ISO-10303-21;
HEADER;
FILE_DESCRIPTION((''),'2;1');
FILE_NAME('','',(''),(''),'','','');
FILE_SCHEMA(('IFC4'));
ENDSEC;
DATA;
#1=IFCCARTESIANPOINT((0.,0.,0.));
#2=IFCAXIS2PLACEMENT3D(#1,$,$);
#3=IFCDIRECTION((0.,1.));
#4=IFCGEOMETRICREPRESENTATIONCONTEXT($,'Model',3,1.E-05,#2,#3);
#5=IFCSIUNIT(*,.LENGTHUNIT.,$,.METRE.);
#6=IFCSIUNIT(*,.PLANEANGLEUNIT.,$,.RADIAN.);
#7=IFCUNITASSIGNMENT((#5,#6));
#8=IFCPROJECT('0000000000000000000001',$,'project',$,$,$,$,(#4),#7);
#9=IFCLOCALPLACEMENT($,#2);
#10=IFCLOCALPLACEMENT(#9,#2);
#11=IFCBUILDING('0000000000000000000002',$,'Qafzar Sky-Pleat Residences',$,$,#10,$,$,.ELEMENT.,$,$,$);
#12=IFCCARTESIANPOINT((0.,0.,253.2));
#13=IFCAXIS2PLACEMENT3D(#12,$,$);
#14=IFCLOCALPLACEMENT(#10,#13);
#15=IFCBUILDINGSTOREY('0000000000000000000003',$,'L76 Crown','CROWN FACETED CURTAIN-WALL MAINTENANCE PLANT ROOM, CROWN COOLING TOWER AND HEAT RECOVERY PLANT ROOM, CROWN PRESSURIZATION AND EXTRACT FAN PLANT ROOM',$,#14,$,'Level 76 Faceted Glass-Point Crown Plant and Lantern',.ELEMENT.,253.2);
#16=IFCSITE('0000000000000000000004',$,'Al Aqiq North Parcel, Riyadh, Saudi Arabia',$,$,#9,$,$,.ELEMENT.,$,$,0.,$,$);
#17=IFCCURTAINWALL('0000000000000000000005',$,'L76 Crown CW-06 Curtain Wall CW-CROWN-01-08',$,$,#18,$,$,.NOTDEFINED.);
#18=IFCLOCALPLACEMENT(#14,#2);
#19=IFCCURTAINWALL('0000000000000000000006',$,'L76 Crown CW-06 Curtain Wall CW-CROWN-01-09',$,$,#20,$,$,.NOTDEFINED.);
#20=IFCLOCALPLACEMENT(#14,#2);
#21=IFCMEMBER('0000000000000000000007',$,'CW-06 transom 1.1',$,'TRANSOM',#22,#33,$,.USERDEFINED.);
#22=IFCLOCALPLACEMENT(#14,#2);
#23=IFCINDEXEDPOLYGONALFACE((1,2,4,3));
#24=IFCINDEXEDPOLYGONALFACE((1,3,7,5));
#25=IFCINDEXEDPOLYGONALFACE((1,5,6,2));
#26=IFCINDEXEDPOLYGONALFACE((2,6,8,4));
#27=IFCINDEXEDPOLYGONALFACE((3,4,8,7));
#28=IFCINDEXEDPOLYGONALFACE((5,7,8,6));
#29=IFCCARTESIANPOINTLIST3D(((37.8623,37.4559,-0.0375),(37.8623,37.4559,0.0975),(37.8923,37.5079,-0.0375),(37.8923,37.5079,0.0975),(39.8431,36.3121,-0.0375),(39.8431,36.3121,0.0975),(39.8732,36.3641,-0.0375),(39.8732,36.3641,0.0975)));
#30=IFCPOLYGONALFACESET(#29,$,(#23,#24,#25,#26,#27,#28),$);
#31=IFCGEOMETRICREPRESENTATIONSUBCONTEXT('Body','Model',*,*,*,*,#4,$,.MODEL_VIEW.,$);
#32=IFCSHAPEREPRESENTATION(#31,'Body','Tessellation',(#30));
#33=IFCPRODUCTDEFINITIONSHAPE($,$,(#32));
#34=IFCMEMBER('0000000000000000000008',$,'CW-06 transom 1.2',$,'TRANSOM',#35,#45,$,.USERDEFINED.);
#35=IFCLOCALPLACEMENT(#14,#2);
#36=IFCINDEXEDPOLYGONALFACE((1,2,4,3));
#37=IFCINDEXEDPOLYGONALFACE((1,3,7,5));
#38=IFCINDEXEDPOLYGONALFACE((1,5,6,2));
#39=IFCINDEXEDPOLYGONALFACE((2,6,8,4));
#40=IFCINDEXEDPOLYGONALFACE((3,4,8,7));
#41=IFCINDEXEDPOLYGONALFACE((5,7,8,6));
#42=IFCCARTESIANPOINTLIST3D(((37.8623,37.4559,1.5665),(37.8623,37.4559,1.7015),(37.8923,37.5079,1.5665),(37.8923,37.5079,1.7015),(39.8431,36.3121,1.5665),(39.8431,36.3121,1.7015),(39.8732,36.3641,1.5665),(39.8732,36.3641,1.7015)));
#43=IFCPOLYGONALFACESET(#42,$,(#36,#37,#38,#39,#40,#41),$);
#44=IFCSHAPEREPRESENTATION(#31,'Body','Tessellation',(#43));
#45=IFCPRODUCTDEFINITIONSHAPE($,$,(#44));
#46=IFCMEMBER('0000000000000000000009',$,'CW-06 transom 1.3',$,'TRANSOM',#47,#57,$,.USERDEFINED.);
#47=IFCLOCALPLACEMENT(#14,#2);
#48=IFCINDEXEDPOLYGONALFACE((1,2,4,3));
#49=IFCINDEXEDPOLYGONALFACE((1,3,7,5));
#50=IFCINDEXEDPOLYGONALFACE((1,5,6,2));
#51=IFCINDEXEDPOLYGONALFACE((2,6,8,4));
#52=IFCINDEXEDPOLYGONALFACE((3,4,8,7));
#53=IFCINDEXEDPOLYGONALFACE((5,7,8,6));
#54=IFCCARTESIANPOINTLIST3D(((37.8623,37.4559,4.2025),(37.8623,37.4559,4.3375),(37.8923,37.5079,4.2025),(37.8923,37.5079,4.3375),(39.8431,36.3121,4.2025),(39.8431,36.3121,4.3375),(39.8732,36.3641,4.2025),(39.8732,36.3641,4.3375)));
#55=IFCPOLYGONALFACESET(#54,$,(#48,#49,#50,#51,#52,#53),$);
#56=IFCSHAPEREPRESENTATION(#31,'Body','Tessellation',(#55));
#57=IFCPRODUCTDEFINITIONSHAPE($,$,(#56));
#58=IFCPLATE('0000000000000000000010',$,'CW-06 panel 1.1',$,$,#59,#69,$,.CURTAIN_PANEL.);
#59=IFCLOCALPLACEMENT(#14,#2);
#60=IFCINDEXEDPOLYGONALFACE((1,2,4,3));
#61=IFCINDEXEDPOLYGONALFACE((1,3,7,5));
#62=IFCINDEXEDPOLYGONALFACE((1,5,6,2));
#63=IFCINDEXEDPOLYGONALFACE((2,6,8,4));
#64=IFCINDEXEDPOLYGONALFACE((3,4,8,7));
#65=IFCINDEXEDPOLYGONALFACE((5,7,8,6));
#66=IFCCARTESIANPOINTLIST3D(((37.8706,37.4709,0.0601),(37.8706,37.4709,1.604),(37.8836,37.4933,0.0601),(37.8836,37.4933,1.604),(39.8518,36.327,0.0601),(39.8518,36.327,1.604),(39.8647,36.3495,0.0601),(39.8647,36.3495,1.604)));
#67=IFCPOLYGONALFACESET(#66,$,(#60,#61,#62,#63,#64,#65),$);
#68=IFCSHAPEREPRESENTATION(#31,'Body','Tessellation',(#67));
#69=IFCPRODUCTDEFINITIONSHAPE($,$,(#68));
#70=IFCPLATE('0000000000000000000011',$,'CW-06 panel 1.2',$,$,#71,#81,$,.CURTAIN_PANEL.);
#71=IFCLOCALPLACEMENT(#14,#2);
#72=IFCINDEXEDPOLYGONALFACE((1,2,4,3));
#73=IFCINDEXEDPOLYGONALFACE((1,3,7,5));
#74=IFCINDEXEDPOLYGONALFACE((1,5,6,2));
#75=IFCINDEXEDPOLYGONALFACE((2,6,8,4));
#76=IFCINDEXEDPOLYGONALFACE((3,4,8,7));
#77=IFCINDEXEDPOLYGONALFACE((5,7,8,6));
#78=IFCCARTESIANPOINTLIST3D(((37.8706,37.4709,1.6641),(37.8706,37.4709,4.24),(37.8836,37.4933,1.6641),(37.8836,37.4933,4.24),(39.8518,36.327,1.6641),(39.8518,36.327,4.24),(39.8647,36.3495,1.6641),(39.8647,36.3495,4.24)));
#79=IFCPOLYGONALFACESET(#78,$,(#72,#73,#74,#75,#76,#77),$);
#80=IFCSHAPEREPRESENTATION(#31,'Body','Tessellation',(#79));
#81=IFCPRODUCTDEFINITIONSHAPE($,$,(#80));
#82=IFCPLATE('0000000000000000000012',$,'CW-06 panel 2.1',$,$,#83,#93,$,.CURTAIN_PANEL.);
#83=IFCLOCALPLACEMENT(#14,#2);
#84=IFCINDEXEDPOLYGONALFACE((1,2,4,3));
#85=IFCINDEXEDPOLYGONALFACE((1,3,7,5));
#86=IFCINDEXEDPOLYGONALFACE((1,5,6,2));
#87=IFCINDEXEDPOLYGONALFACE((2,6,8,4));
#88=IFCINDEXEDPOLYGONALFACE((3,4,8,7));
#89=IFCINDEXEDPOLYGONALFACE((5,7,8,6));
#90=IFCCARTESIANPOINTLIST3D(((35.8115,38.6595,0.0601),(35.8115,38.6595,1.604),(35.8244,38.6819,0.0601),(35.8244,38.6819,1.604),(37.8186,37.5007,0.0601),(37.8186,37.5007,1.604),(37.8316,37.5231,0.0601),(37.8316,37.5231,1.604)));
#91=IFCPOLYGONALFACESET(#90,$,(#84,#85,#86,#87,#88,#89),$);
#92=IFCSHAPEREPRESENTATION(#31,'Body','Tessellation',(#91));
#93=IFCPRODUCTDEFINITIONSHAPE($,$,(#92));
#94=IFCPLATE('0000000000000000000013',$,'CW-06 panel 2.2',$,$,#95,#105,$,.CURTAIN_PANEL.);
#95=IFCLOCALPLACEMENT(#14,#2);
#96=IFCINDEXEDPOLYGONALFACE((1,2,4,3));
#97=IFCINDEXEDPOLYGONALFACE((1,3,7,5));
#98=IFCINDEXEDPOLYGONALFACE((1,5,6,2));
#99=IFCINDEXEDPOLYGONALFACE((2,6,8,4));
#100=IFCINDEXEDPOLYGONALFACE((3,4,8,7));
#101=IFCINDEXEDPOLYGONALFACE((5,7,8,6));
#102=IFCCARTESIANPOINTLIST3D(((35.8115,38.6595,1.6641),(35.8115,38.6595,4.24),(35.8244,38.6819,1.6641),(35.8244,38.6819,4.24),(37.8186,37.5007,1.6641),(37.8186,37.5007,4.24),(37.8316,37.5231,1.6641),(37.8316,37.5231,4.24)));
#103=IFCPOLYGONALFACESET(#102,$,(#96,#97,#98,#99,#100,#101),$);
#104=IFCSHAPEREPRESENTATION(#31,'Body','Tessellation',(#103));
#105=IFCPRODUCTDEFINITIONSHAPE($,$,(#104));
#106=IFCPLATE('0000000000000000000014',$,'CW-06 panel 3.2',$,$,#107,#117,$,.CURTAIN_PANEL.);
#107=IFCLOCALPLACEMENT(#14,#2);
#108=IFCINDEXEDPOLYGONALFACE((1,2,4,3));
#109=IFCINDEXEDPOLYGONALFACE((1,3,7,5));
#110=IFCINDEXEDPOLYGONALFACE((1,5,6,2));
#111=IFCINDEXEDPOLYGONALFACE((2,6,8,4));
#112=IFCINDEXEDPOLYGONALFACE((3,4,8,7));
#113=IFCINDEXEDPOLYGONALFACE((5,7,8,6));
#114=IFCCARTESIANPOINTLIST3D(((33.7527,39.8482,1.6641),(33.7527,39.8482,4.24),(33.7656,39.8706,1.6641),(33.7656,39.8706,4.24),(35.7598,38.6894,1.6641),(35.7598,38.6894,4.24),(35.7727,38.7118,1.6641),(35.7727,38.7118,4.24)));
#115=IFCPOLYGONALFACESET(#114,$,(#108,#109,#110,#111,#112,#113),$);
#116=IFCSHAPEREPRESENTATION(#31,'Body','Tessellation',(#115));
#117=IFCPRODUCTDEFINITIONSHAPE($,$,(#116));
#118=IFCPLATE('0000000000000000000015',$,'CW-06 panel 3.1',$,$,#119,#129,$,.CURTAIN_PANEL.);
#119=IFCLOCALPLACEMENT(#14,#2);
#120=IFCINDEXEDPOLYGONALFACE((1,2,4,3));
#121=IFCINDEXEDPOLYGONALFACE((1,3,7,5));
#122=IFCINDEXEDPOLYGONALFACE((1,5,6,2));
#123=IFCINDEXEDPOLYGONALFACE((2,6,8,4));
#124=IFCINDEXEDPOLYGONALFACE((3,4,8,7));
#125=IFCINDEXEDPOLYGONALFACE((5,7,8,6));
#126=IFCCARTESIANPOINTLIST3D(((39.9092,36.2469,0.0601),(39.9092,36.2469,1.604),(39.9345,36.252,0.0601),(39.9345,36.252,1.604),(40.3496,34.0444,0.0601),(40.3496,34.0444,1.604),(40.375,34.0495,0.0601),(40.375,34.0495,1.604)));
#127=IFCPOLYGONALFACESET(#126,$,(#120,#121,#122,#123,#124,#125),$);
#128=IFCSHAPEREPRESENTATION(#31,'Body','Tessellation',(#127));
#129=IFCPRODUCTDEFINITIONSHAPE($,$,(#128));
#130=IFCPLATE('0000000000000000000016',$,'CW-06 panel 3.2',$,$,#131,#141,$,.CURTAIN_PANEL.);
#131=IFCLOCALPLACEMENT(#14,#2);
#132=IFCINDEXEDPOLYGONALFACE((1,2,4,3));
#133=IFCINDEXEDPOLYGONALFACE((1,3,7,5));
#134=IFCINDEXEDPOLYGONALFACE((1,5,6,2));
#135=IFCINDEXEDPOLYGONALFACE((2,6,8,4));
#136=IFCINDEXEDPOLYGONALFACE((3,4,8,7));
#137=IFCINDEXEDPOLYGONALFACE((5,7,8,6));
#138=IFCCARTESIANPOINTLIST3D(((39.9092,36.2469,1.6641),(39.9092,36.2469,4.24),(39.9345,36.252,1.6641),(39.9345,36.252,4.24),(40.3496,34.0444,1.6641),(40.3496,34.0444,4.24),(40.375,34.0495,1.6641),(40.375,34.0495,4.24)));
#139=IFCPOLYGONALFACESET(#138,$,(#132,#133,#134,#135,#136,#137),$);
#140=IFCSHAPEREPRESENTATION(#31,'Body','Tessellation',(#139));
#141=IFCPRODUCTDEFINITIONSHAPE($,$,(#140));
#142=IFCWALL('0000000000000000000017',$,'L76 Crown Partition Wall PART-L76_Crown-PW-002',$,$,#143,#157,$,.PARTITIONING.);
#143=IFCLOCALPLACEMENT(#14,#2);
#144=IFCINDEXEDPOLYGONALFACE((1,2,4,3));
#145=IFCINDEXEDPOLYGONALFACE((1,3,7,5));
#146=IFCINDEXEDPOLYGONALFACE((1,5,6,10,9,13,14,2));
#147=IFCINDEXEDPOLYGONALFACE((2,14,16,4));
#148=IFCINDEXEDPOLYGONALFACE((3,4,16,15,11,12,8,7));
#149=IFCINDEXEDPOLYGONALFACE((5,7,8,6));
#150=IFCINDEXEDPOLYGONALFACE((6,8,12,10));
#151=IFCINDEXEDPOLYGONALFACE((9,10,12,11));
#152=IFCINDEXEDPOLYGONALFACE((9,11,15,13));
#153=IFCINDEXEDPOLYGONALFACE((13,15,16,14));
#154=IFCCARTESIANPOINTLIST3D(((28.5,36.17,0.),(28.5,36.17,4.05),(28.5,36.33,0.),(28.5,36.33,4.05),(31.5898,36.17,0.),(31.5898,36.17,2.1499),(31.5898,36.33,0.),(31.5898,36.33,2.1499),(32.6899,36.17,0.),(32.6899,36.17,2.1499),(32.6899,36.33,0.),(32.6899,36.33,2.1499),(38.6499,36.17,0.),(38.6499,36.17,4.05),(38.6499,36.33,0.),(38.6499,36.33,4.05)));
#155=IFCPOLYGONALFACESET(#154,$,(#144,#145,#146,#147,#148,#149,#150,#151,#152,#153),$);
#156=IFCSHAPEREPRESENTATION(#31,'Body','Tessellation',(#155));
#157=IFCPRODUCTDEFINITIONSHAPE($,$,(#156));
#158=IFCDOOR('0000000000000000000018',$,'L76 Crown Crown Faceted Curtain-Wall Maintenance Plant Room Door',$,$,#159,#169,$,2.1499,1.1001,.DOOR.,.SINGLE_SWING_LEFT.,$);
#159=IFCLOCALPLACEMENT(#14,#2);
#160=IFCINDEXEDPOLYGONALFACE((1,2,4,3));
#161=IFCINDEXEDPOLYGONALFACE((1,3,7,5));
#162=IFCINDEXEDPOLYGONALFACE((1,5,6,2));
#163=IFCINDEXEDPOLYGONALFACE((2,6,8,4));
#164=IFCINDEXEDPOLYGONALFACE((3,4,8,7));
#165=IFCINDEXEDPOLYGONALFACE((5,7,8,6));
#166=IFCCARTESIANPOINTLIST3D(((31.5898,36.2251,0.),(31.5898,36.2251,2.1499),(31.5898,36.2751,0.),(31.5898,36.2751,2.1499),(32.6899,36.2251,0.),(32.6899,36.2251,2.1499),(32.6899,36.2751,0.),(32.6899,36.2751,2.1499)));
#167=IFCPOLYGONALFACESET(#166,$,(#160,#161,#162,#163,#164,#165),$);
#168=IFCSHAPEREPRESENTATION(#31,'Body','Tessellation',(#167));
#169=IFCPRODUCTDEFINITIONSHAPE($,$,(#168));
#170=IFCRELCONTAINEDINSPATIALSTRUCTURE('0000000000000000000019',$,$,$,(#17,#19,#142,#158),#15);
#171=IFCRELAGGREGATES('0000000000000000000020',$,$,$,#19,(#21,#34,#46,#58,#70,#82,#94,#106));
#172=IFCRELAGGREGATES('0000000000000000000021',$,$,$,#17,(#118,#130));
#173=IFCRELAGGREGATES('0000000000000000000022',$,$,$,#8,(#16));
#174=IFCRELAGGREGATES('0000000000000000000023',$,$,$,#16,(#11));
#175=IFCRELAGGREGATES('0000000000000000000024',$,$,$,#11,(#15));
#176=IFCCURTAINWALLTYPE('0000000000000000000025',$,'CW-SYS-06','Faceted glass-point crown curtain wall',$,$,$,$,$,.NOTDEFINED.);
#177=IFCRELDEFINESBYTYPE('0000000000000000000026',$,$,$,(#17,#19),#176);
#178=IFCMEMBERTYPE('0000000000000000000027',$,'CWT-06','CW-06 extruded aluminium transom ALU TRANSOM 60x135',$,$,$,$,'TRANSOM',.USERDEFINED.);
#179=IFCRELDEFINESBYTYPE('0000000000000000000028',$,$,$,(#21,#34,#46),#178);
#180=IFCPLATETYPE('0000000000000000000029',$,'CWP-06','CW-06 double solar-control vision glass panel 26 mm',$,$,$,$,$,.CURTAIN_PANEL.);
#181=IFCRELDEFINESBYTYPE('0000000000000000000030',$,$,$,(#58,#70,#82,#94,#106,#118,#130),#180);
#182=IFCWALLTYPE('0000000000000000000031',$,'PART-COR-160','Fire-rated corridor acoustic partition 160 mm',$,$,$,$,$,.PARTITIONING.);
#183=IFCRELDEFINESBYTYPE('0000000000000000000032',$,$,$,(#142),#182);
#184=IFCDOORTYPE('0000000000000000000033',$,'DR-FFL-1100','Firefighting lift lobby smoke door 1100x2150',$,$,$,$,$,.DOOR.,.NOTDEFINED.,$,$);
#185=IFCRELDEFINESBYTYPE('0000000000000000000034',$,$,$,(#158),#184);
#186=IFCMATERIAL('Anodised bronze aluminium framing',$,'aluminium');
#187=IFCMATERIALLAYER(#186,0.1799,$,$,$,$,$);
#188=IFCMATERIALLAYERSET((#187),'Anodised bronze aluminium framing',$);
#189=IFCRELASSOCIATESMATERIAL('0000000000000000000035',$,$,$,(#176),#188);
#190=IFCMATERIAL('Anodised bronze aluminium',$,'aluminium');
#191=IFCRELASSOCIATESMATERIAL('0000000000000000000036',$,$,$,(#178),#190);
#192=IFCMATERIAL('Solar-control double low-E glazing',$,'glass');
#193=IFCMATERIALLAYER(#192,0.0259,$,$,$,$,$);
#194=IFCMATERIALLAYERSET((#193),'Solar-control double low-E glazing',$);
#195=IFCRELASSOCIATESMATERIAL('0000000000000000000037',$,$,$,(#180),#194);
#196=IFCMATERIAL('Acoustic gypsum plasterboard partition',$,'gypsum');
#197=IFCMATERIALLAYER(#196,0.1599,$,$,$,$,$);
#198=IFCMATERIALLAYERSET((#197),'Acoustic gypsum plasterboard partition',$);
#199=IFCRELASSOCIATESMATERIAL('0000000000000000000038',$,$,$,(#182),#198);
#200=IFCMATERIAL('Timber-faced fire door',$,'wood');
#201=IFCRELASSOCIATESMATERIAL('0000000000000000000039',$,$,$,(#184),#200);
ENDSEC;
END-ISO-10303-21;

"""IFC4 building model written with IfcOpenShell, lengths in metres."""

from ifc_helpers import new_model, si_unit, direction, frame, frame_2d, origin, origin_2d, place, context, subcontext, project, spatial, rectangle, extrude, source, transform, mapped, material, layer, layer_set, material_profile, profile_set, type_object, element, fill, aggregate, save


model = new_model("IFC4")

# Units and contexts
model_context = context("Model", 3, precision=1e-05, world=origin(), true_north=direction((0.0, 1.0)))
body_context = subcontext(model_context, "Body", "Model", "MODEL_VIEW")
ifc_project = project(units=[si_unit("LENGTHUNIT", "METRE"), si_unit("PLANEANGLEUNIT", "RADIAN")], contexts=[model_context])

# Site, building, storey
site_placement = place(None, origin())
site = spatial("IfcSite", under=ifc_project, at=site_placement, Name="Al Aqiq North Parcel, Riyadh, Saudi Arabia", CompositionType="ELEMENT", RefElevation=0.0)
building_placement = place(site_placement, origin())
building = spatial("IfcBuilding", under=site, at=building_placement, Name="Qafzar Sky-Pleat Residences", CompositionType="ELEMENT")
storey_placement = place(building_placement, frame((0.0, 0.0, 253.2)))
storey = spatial("IfcBuildingStorey", under=building, at=storey_placement, Name="L76 Crown", Description="CROWN FACETED CURTAIN-WALL MAINTENANCE PLANT ROOM, CROWN COOLING TOWER AND HEAT RECOVERY PLANT ROOM, CROWN PRESSURIZATION AND EXTRACT FAN PLANT ROOM", LongName="Level 76 Faceted Glass-Point Crown Plant and Lantern", CompositionType="ELEMENT", Elevation=253.2)

# Curtain wall
ifc_material_1 = material(Name="Anodised bronze aluminium framing", Category="aluminium")
ifc_layer_1 = layer(ifc_material_1, 0.1799)
ifc_layer_set_1 = layer_set([ifc_layer_1], Name="Anodised bronze aluminium framing")
curtain_wall_type = type_object("IfcCurtainWallType", Name="CW-SYS-06", Description="Faceted glass-point crown curtain wall", PredefinedType="NOTDEFINED", material=ifc_layer_set_1)
curtain_wall_1_placement = place(storey_placement, origin())
curtain_wall_1 = element("IfcCurtainWall", 1, at=curtain_wall_1_placement, inside=storey, type_object=curtain_wall_type, Name="L76 Crown CW-06 Curtain Wall CW-CROWN-01-08", PredefinedType="NOTDEFINED")
ifc_material_2 = material(Name="Anodised bronze aluminium", Category="aluminium")

# Curtain wall, members, plates
curtain_wall_2_placement = place(storey_placement, origin())
curtain_wall_2 = element("IfcCurtainWall", 2, at=curtain_wall_2_placement, inside=storey, type_object=curtain_wall_type, Name="L76 Crown CW-06 Curtain Wall CW-CROWN-01-09", PredefinedType="NOTDEFINED")
ifc_material_profile_1 = material_profile(ifc_material_2, rectangle(XDim=0.0601, YDim=0.135, at=origin_2d()), Name="ALU TRANSOM 60x135")
ifc_profile_set_1 = profile_set([ifc_material_profile_1], Name="Anodised bronze aluminium")
member_type_1 = type_object("IfcMemberType", Name="CWT-06", Description="CW-06 extruded aluminium transom ALU TRANSOM 60x135", ElementType="TRANSOM", PredefinedType="USERDEFINED", material=ifc_profile_set_1)
shared_shape_1 = source(origin(), body_context, "Body", "SweptSolid", [
    extrude(rectangle(XDim=0.0601, YDim=0.135, at=origin_2d()), origin(), (0.0, 0.0, 1.0), 2.2874),
])
member_1_placement = place(storey_placement, frame((39.8582, 36.3381, 0.03), z_axis=(-0.866008, 0.50003, 0.0), x_axis=(-0.50003, -0.866008, 0.0)))
member_1 = element("IfcMember", 3, at=member_1_placement, type_object=member_type_1, Name="CW-06 transom 1.1", ObjectType="TRANSOM", PredefinedType="USERDEFINED", context=body_context, shape_type="MappedRepresentation", body=[
    mapped(shared_shape_1, transform((0.0, 0.0, 0.0), x_axis=(1.0, 0.0, 0.0), y_axis=(0.0, 1.0, 0.0), z_axis=(0.0, 0.0, 1.0), scale=1.0)),
])
member_2_placement = place(storey_placement, frame((39.8582, 36.3381, 1.634), z_axis=(-0.866008, 0.50003, 0.0), x_axis=(-0.50003, -0.866008, 0.0)))
member_2 = element("IfcMember", 4, at=member_2_placement, type_object=member_type_1, Name="CW-06 transom 1.2", ObjectType="TRANSOM", PredefinedType="USERDEFINED", context=body_context, shape_type="MappedRepresentation", body=[
    mapped(shared_shape_1, transform((0.0, 0.0, 0.0), x_axis=(1.0, 0.0, 0.0), y_axis=(0.0, 1.0, 0.0), z_axis=(0.0, 0.0, 1.0), scale=1.0)),
])
member_3_placement = place(storey_placement, frame((39.8582, 36.3381, 4.27), z_axis=(-0.866008, 0.50003, 0.0), x_axis=(-0.50003, -0.866008, 0.0)))
member_3 = element("IfcMember", 5, at=member_3_placement, type_object=member_type_1, Name="CW-06 transom 1.3", ObjectType="TRANSOM", PredefinedType="USERDEFINED", context=body_context, shape_type="MappedRepresentation", body=[
    mapped(shared_shape_1, transform((0.0, 0.0, 0.0), x_axis=(1.0, 0.0, 0.0), y_axis=(0.0, 1.0, 0.0), z_axis=(0.0, 0.0, 1.0), scale=1.0)),
])
ifc_material_3 = material(Name="Solar-control double low-E glazing", Category="glass")
ifc_layer_2 = layer(ifc_material_3, 0.0259)
ifc_layer_set_2 = layer_set([ifc_layer_2], Name="Solar-control double low-E glazing")
plate_type = type_object("IfcPlateType", Name="CWP-06", Description="CW-06 double solar-control vision glass panel 26 mm", PredefinedType="CURTAIN_PANEL", material=ifc_layer_set_2)
shared_shape_2 = source(origin(), body_context, "Body", "SweptSolid", [
    extrude(rectangle(XDim=2.2876, YDim=0.0259, at=origin_2d()), origin(), (0.0, 0.0, 1.0), 1.5439),
])
plate_1_placement = place(storey_placement, frame((38.8677, 36.9102, 0.0601), z_axis=(0.0, 0.0, 1.0), x_axis=(-0.866023, 0.500003, 0.0)))
plate_1 = element("IfcPlate", 6, at=plate_1_placement, type_object=plate_type, Name="CW-06 panel 1.1", PredefinedType="CURTAIN_PANEL", context=body_context, shape_type="MappedRepresentation", body=[
    mapped(shared_shape_2, transform((0.0, 0.0, 0.0), x_axis=(1.0, 0.0, 0.0), y_axis=(0.0, 1.0, 0.0), z_axis=(0.0, 0.0, 1.0), scale=1.0)),
])
shared_shape_3 = source(origin(), body_context, "Body", "SweptSolid", [
    extrude(rectangle(XDim=2.2876, YDim=0.0259, at=origin_2d()), origin(), (0.0, 0.0, 1.0), 2.5759),
])
plate_2_placement = place(storey_placement, frame((38.8677, 36.9102, 1.6641), z_axis=(0.0, 0.0, 1.0), x_axis=(-0.866023, 0.500003, 0.0)))
plate_2 = element("IfcPlate", 7, at=plate_2_placement, type_object=plate_type, Name="CW-06 panel 1.2", PredefinedType="CURTAIN_PANEL", context=body_context, shape_type="MappedRepresentation", body=[
    mapped(shared_shape_3, transform((0.0, 0.0, 0.0), x_axis=(1.0, 0.0, 0.0), y_axis=(0.0, 1.0, 0.0), z_axis=(0.0, 0.0, 1.0), scale=1.0)),
])
shared_shape_4 = source(origin(), body_context, "Body", "SweptSolid", [
    extrude(rectangle(XDim=2.3176, YDim=0.0259, at=origin_2d()), origin(), (0.0, 0.0, 1.0), 1.5439),
])
plate_3_placement = place(storey_placement, frame((36.8215, 38.0913, 0.0601), z_axis=(0.0, 0.0, 1.0), x_axis=(-0.866023, 0.500003, 0.0)))
plate_3 = element("IfcPlate", 8, at=plate_3_placement, type_object=plate_type, Name="CW-06 panel 2.1", PredefinedType="CURTAIN_PANEL", context=body_context, shape_type="MappedRepresentation", body=[
    mapped(shared_shape_4, transform((0.0, 0.0, 0.0), x_axis=(1.0, 0.0, 0.0), y_axis=(0.0, 1.0, 0.0), z_axis=(0.0, 0.0, 1.0), scale=1.0)),
])
shared_shape_5 = source(origin(), body_context, "Body", "SweptSolid", [
    extrude(rectangle(XDim=2.3176, YDim=0.0259, at=origin_2d()), origin(), (0.0, 0.0, 1.0), 2.5759),
])
plate_4_placement = place(storey_placement, frame((36.8215, 38.0913, 1.6641), z_axis=(0.0, 0.0, 1.0), x_axis=(-0.866023, 0.500003, 0.0)))
plate_4 = element("IfcPlate", 9, at=plate_4_placement, type_object=plate_type, Name="CW-06 panel 2.2", PredefinedType="CURTAIN_PANEL", context=body_context, shape_type="MappedRepresentation", body=[
    mapped(shared_shape_5, transform((0.0, 0.0, 0.0), x_axis=(1.0, 0.0, 0.0), y_axis=(0.0, 1.0, 0.0), z_axis=(0.0, 0.0, 1.0), scale=1.0)),
])
plate_5_placement = place(storey_placement, frame((34.7627, 39.28, 1.6641), z_axis=(0.0, 0.0, 1.0), x_axis=(-0.866023, 0.500003, 0.0)))
plate_5 = element("IfcPlate", 10, at=plate_5_placement, type_object=plate_type, Name="CW-06 panel 3.2", PredefinedType="CURTAIN_PANEL", context=body_context, shape_type="MappedRepresentation", body=[
    mapped(shared_shape_5, transform((0.0, 0.0, 0.0), x_axis=(1.0, 0.0, 0.0), y_axis=(0.0, 1.0, 0.0), z_axis=(0.0, 0.0, 1.0), scale=1.0)),
])
aggregate(curtain_wall_2, [member_1, member_2, member_3, plate_1, plate_2, plate_3, plate_4, plate_5])

# Plates
shared_shape_6 = source(origin(), body_context, "Body", "SweptSolid", [
    extrude(rectangle(XDim=2.2461, YDim=0.0259, at=origin_2d()), origin(), (0.0, 0.0, 1.0), 1.5439),
])
plate_6_placement = place(storey_placement, frame((40.1421, 35.1482, 0.0601), z_axis=(0.0, 0.0, 1.0), x_axis=(-0.196113, 0.980581, 0.0)))
plate_6 = element("IfcPlate", 11, at=plate_6_placement, type_object=plate_type, Name="CW-06 panel 3.1", PredefinedType="CURTAIN_PANEL", context=body_context, shape_type="MappedRepresentation", body=[
    mapped(shared_shape_6, transform((0.0, 0.0, 0.0), x_axis=(1.0, 0.0, 0.0), y_axis=(0.0, 1.0, 0.0), z_axis=(0.0, 0.0, 1.0), scale=1.0)),
])
shared_shape_7 = source(origin(), body_context, "Body", "SweptSolid", [
    extrude(rectangle(XDim=2.2461, YDim=0.0259, at=origin_2d()), origin(), (0.0, 0.0, 1.0), 2.5759),
])
plate_7_placement = place(storey_placement, frame((40.1421, 35.1482, 1.6641), z_axis=(0.0, 0.0, 1.0), x_axis=(-0.196113, 0.980581, 0.0)))
plate_7 = element("IfcPlate", 12, at=plate_7_placement, type_object=plate_type, Name="CW-06 panel 3.2", PredefinedType="CURTAIN_PANEL", context=body_context, shape_type="MappedRepresentation", body=[
    mapped(shared_shape_7, transform((0.0, 0.0, 0.0), x_axis=(1.0, 0.0, 0.0), y_axis=(0.0, 1.0, 0.0), z_axis=(0.0, 0.0, 1.0), scale=1.0)),
])
aggregate(curtain_wall_1, [plate_6, plate_7])

# Wall, opening, door
ifc_material_4 = material(Name="Acoustic gypsum plasterboard partition", Category="gypsum")
ifc_layer_3 = layer(ifc_material_4, 0.1599)
ifc_layer_set_3 = layer_set([ifc_layer_3], Name="Acoustic gypsum plasterboard partition")
wall_type = type_object("IfcWallType", Name="PART-COR-160", Description="Fire-rated corridor acoustic partition 160 mm", PredefinedType="PARTITIONING", material=ifc_layer_set_3)
wall_placement = place(storey_placement, frame((38.6499, 36.25, 0.0), z_axis=(0.0, 0.0, 1.0), x_axis=(-1.0, 0.0, 0.0)))
wall = element("IfcWall", 13, at=wall_placement, inside=storey, type_object=wall_type, Name="L76 Crown Partition Wall PART-L76_Crown-PW-002", PredefinedType="PARTITIONING", context=body_context, shape_type="SweptSolid", body=[
    extrude(rectangle(XDim=10.1499, YDim=0.1599, at=frame_2d((5.075, 0.0))), origin(), (0.0, 0.0, 1.0), 4.05),
])
opening_placement = place(wall_placement, frame((5.96, 0.0, 0.0)))
opening = element("IfcOpeningElement", 14, at=opening_placement, cuts=wall, PredefinedType="OPENING", context=body_context, shape_type="SweptSolid", body=[
    extrude(rectangle(XDim=1.1001, YDim=2.1499, at=frame_2d((0.55, 1.075))), frame((0.0, 0.0898, 0.0), z_axis=(0.0, -1.0, 0.0), x_axis=(1.0, 0.0, 0.0)), (0.0, 0.0, 1.0), 0.1799),
])
ifc_material_5 = material(Name="Timber-faced fire door", Category="wood")
door_type = type_object("IfcDoorType", Name="DR-FFL-1100", Description="Firefighting lift lobby smoke door 1100x2150", OperationType="NOTDEFINED", PredefinedType="DOOR", material=ifc_material_5)
shared_shape_8 = source(origin(), body_context, "Body", "SweptSolid", [
    extrude(rectangle(XDim=1.1001, YDim=2.1499, at=frame_2d((0.55, 1.075))), frame((0.0, 0.0249, 0.0), z_axis=(0.0, -1.0, 0.0), x_axis=(1.0, 0.0, 0.0)), (0.0, 0.0, 1.0), 0.05),
])
door_placement = place(opening_placement, origin())
door = element("IfcDoor", 15, at=door_placement, inside=storey, type_object=door_type, Name="L76 Crown Crown Faceted Curtain-Wall Maintenance Plant Room Door", OperationType="SINGLE_SWING_LEFT", OverallHeight=2.1499, OverallWidth=1.1001, PredefinedType="DOOR", context=body_context, shape_type="MappedRepresentation", body=[
    mapped(shared_shape_8, transform((0.0, 0.0, 0.0), x_axis=(1.0, 0.0, 0.0), y_axis=(0.0, 1.0, 0.0), z_axis=(0.0, 0.0, 1.0), scale=1.0)),
])
fill(opening, door)

save(model, "model.ifc")
